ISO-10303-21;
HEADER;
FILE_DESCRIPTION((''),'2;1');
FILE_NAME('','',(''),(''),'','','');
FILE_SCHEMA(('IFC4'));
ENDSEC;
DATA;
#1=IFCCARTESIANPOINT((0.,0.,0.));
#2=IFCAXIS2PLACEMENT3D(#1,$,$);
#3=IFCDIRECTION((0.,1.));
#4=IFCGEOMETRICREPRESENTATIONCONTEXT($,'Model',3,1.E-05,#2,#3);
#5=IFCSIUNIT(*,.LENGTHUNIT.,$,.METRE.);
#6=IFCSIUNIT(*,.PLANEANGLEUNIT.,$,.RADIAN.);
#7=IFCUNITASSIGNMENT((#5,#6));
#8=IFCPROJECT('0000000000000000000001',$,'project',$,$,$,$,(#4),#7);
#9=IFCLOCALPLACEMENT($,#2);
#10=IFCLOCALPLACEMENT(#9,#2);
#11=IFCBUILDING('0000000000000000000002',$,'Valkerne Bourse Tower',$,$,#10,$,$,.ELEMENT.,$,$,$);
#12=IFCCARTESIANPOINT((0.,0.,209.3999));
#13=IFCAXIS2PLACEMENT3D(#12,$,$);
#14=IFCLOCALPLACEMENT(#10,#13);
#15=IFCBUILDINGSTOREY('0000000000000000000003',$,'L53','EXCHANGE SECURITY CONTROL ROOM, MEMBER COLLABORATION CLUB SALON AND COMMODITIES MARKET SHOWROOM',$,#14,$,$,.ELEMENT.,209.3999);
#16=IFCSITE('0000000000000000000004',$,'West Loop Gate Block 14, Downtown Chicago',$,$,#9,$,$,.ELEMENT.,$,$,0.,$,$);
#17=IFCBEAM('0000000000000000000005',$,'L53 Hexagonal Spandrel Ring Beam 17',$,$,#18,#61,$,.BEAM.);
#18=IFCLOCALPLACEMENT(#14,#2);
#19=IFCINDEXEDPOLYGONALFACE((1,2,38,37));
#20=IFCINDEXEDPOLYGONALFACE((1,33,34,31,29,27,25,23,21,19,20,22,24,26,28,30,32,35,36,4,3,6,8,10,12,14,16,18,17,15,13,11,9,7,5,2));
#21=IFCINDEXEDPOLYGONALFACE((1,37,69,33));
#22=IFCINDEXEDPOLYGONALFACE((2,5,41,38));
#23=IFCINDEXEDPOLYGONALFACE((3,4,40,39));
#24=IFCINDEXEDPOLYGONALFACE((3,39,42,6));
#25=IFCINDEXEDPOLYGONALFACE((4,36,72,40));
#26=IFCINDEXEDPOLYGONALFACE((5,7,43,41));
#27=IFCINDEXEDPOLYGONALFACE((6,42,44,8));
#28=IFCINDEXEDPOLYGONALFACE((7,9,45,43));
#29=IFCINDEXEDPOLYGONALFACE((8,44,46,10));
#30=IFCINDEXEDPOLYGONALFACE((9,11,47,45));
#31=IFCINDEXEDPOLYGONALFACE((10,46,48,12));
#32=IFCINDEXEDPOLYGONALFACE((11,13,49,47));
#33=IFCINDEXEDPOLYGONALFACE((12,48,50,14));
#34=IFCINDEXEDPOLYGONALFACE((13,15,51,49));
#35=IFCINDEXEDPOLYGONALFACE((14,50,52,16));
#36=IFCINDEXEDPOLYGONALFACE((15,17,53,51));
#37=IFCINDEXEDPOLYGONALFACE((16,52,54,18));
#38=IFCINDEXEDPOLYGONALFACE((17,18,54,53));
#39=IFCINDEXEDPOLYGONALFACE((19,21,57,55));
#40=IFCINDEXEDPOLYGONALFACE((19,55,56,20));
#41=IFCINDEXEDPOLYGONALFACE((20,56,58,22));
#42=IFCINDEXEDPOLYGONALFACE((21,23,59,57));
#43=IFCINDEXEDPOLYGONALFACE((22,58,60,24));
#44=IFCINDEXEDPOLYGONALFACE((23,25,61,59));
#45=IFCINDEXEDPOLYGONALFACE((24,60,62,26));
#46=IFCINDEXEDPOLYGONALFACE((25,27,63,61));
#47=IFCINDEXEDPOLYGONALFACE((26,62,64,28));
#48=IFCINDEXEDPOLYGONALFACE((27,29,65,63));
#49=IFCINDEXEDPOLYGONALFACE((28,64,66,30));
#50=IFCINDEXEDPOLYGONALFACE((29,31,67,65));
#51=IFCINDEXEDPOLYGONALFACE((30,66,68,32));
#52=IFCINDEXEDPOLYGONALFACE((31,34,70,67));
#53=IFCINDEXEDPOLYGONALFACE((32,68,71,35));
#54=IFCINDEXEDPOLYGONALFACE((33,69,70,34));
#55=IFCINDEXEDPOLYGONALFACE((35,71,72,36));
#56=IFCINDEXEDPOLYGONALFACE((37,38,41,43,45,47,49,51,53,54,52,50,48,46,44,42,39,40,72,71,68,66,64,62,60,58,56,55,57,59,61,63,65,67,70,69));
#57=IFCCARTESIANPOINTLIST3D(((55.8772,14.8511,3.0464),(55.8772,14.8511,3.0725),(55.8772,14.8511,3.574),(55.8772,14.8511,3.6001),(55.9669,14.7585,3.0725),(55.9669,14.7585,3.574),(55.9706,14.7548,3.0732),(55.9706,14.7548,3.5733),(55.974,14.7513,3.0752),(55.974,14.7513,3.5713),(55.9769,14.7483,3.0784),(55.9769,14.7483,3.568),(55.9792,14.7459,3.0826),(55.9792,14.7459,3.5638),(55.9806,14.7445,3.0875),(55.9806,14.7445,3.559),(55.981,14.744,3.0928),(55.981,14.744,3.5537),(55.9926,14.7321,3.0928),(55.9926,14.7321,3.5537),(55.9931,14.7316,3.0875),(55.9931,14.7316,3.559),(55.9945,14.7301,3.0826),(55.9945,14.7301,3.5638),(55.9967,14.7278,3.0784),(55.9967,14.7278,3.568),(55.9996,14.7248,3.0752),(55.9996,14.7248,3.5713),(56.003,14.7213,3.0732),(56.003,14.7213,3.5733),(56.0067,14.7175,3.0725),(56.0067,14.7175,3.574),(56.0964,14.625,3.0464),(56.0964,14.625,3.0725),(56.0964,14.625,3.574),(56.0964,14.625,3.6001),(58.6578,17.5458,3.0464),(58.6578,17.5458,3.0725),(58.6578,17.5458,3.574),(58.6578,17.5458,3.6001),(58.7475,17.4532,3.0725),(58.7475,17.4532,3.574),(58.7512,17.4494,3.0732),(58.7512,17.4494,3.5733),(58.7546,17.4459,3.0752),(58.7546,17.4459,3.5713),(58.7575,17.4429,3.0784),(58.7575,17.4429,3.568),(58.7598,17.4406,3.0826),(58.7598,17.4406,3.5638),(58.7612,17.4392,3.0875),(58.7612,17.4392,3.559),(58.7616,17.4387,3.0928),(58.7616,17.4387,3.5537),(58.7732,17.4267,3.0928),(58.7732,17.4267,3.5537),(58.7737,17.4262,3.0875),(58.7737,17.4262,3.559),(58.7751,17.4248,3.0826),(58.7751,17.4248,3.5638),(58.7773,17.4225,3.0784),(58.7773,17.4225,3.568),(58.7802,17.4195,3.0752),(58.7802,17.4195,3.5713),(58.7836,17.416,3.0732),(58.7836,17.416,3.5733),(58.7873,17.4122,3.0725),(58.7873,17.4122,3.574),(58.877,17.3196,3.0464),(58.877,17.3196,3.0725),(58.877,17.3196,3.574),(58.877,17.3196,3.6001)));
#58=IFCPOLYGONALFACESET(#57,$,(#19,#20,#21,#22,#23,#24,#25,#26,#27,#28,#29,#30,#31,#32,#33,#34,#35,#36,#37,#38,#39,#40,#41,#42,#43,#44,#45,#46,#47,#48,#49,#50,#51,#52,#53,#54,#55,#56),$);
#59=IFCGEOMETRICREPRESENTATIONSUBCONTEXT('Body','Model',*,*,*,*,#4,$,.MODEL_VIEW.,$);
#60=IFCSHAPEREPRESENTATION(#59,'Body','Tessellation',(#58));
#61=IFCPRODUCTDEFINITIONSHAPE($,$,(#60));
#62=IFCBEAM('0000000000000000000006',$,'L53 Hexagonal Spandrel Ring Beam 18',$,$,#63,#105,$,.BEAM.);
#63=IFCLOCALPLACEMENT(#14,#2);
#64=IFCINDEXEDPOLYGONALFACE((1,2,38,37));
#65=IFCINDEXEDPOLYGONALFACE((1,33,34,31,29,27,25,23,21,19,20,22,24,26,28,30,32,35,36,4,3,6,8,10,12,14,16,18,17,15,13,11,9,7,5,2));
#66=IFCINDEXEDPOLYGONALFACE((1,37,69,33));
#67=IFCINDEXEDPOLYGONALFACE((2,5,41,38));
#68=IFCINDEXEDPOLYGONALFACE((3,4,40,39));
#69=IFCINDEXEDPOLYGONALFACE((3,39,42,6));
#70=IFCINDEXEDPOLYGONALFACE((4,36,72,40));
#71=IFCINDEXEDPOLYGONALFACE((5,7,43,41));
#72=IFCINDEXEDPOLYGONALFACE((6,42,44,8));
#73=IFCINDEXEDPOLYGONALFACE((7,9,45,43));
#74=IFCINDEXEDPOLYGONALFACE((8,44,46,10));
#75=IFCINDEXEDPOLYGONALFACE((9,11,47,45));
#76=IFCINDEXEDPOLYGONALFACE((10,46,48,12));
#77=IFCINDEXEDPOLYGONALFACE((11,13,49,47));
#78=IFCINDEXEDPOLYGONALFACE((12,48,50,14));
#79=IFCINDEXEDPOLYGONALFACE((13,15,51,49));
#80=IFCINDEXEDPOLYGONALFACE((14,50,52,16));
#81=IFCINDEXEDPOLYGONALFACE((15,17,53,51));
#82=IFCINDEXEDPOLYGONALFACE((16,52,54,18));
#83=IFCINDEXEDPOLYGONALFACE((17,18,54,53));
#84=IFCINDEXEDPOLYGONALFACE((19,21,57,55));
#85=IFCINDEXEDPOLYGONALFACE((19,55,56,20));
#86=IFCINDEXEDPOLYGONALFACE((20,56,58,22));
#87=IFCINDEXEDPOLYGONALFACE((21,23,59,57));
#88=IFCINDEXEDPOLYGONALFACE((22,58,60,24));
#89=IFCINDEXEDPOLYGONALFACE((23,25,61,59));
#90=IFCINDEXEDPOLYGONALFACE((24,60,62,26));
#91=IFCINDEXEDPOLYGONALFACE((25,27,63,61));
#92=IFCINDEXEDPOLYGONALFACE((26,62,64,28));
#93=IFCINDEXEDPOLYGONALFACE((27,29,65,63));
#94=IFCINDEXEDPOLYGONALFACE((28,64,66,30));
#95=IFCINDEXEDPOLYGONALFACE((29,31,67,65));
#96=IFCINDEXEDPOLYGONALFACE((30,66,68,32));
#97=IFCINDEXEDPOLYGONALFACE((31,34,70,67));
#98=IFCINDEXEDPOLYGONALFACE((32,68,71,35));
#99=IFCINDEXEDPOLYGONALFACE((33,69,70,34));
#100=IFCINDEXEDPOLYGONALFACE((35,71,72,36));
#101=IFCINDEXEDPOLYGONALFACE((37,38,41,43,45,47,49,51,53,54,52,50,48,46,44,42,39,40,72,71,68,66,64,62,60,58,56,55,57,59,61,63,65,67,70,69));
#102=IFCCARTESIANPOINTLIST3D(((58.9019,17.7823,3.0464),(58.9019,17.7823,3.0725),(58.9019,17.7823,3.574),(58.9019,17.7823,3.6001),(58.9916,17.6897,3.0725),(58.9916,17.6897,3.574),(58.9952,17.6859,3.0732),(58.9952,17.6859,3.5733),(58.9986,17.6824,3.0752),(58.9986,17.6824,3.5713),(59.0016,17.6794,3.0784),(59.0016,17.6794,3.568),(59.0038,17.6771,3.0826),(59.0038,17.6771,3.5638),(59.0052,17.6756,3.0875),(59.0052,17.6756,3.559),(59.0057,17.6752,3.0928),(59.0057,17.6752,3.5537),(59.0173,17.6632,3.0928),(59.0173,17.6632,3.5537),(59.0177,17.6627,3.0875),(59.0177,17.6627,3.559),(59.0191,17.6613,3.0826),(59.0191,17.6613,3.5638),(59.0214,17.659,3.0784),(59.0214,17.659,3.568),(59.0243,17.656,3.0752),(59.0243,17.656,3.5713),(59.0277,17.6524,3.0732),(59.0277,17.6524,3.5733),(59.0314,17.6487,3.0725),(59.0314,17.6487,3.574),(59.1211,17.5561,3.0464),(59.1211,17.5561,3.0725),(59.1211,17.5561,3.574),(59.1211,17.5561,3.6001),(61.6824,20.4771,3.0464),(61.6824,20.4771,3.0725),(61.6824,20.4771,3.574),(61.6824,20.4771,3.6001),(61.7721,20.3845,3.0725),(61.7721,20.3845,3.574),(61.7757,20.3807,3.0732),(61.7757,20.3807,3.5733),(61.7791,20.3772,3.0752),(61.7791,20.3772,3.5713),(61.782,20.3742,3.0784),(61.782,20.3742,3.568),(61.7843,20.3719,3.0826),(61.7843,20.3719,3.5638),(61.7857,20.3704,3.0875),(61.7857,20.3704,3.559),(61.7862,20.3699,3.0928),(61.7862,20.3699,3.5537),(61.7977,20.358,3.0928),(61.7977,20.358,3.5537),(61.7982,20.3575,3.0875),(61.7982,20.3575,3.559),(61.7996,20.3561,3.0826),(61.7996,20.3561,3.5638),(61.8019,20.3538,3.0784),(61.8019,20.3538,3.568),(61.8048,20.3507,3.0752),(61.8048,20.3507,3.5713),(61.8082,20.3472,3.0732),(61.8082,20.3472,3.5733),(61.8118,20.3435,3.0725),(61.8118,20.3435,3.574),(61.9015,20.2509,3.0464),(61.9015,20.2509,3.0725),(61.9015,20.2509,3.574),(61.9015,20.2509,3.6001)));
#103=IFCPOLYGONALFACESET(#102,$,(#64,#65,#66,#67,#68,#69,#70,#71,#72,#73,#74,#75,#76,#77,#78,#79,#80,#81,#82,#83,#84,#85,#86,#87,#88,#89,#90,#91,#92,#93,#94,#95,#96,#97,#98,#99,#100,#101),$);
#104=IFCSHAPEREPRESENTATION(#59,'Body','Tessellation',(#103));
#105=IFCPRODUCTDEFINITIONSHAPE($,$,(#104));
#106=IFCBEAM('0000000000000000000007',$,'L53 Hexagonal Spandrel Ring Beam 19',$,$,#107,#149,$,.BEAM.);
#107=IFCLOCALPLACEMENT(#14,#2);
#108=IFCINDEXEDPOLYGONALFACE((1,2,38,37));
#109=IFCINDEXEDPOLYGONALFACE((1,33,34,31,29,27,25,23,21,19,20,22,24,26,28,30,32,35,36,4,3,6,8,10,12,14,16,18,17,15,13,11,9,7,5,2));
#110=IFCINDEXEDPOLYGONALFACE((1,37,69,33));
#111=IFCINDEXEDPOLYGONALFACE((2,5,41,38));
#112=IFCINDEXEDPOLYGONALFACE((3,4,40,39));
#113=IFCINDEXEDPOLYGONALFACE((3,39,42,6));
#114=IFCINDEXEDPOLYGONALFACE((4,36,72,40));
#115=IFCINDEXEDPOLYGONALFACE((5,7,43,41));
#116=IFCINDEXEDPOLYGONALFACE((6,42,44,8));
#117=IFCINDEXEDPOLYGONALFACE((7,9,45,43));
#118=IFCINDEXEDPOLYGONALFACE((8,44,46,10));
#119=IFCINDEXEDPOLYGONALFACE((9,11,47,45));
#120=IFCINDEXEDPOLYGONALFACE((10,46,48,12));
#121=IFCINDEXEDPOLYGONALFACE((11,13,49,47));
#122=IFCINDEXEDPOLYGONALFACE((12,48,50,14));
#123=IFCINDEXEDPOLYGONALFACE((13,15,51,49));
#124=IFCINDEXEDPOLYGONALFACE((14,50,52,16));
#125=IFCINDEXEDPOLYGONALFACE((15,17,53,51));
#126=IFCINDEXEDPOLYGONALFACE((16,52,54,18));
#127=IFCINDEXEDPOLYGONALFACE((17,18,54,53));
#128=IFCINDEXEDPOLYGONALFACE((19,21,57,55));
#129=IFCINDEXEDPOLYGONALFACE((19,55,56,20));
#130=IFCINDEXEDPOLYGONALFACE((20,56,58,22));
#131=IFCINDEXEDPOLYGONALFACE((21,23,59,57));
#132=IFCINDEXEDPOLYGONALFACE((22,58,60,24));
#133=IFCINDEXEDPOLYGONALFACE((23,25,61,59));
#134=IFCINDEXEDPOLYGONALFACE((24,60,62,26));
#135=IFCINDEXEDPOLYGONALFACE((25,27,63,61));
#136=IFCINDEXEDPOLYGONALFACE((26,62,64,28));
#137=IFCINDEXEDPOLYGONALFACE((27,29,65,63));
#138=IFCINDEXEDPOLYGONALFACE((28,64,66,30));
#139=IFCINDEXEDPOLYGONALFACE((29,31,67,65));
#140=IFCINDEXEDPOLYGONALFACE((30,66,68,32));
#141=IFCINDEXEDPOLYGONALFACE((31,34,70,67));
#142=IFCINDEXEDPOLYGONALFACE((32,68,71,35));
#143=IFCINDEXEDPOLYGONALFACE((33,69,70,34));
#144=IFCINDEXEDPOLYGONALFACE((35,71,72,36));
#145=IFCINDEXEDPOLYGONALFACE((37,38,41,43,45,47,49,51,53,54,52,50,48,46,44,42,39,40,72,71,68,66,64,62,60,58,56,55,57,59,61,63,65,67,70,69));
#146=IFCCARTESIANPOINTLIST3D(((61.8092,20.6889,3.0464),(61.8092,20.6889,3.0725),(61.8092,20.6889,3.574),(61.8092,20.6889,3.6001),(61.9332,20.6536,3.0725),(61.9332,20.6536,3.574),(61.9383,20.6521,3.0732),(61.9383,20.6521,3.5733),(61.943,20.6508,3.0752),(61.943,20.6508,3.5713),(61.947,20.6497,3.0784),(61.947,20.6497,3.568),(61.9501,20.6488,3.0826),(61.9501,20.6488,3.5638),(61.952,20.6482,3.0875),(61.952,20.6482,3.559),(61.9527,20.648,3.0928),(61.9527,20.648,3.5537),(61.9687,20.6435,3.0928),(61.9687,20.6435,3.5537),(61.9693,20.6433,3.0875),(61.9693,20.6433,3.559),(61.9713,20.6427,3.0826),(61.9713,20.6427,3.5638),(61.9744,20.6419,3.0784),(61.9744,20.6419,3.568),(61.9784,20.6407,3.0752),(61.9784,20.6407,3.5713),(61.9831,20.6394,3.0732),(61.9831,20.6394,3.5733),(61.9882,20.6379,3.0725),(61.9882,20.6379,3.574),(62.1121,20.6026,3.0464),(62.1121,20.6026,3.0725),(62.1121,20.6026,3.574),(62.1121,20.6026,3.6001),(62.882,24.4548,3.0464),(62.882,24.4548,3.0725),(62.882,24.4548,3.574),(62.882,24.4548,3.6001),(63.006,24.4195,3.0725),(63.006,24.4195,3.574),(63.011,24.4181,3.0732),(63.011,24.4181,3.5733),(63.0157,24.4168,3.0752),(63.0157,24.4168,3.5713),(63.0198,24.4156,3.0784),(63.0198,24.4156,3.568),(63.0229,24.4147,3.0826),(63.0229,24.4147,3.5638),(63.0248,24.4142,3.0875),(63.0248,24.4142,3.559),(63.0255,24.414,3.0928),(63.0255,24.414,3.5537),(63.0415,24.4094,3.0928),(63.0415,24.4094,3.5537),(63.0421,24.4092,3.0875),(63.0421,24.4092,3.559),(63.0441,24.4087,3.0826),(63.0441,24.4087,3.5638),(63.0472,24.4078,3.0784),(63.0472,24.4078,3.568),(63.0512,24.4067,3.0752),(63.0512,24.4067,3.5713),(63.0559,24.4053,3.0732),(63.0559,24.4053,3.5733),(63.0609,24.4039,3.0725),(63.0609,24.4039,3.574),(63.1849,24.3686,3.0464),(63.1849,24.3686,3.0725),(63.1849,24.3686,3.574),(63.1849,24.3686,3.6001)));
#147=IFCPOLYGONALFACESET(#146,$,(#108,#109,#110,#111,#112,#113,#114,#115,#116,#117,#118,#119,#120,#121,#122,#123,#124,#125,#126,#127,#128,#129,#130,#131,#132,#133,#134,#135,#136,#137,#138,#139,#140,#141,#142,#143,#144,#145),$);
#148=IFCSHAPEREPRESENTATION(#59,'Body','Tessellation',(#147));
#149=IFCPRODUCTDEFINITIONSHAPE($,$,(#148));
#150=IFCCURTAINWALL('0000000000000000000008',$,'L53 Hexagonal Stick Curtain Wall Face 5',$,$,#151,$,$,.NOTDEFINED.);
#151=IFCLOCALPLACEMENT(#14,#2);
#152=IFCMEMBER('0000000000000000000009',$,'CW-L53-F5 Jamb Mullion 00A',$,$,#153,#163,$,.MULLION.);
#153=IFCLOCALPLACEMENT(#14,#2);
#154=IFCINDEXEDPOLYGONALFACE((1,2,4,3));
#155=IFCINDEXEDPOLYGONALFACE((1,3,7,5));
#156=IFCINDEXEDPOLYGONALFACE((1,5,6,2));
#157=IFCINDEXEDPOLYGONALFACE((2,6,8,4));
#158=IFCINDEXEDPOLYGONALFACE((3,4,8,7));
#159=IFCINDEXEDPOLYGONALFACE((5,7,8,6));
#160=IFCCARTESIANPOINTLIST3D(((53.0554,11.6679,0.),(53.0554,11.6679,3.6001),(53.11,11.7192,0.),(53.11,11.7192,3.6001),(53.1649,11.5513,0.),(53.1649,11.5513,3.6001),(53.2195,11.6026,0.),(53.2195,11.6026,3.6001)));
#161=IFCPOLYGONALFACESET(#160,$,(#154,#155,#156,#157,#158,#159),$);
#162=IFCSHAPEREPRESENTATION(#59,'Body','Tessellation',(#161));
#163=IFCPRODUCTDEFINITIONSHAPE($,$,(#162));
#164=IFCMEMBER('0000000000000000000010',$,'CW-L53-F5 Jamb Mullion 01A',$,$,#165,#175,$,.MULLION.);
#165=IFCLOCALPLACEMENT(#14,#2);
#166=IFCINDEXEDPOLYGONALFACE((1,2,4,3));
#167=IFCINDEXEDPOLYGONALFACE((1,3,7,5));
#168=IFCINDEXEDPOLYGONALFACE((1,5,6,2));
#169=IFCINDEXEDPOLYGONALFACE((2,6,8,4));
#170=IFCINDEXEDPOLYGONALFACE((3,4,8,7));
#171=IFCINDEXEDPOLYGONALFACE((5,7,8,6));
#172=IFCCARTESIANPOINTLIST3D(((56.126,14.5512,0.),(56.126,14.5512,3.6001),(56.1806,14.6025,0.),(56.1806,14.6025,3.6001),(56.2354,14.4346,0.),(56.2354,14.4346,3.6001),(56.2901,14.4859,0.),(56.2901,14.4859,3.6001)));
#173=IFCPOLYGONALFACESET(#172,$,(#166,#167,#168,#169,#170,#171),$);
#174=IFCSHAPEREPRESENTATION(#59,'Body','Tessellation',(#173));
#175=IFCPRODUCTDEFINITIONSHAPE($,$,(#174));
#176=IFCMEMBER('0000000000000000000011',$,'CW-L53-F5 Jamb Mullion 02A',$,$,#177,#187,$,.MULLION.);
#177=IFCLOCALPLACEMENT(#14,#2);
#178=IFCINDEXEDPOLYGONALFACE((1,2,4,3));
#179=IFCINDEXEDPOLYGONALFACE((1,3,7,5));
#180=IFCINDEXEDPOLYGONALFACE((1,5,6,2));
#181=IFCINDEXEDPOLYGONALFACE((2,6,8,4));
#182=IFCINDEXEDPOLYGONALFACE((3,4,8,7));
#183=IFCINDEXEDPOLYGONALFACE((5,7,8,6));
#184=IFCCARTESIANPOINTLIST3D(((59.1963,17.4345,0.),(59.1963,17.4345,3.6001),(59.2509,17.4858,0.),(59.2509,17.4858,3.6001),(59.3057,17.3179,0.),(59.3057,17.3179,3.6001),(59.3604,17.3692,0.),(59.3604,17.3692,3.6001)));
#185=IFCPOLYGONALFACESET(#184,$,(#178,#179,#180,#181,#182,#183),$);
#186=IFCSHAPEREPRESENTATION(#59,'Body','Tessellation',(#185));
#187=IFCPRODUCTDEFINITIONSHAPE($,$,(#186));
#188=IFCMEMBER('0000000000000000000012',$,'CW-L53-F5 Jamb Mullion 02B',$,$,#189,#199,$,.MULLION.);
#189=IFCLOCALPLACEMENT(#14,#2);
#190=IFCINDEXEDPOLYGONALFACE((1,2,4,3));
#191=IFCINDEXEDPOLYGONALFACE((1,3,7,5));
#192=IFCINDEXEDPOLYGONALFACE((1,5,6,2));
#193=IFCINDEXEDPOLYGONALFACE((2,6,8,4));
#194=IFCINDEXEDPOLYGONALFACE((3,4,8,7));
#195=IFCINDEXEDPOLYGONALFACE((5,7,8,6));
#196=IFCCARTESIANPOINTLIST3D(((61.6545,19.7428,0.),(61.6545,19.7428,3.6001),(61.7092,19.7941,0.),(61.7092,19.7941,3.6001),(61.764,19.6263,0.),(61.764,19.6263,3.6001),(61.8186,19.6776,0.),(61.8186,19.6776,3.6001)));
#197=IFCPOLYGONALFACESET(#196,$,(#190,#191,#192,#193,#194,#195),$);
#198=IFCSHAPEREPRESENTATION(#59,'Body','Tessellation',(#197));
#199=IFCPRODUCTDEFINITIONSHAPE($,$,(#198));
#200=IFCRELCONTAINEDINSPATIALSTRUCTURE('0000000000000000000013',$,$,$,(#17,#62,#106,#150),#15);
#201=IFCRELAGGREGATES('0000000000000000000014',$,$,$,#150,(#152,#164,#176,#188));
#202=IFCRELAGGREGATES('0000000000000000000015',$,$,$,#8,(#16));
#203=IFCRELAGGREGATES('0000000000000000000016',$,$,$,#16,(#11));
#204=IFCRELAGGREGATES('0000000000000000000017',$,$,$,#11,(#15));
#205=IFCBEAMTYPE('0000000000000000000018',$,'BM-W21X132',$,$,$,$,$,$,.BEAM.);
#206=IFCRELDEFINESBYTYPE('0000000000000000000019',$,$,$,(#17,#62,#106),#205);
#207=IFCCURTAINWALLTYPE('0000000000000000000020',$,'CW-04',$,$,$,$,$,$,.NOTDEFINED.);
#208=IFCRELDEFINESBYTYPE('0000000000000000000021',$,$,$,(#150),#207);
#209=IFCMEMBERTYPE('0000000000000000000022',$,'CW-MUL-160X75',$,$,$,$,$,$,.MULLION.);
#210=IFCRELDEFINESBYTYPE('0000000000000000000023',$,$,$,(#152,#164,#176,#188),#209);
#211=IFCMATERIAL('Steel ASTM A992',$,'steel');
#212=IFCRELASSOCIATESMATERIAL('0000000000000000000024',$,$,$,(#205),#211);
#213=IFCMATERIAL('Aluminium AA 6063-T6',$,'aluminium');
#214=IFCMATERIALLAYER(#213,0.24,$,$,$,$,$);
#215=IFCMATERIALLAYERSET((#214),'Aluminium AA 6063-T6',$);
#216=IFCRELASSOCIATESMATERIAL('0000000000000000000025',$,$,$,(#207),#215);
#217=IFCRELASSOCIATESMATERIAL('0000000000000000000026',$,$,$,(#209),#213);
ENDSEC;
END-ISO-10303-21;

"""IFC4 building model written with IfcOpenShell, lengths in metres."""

from ifc_helpers import new_model, si_unit, direction, frame, origin, origin_2d, place, context, subcontext, project, spatial, rectangle, i_section, extrude, material, layer, layer_set, material_profile, profile_set, type_object, element, aggregate, save


model = new_model("IFC4")

# Units and contexts
model_context = context("Model", 3, precision=1e-05, world=origin(), true_north=direction((0.0, 1.0)))
body_context = subcontext(model_context, "Body", "Model", "MODEL_VIEW")
ifc_project = project(units=[si_unit("LENGTHUNIT", "METRE"), si_unit("PLANEANGLEUNIT", "RADIAN")], contexts=[model_context])

# Site, building, storey
site_placement = place(None, origin())
site = spatial("IfcSite", under=ifc_project, at=site_placement, Name="West Loop Gate Block 14, Downtown Chicago", CompositionType="ELEMENT", RefElevation=0.0)
building_placement = place(site_placement, origin())
building = spatial("IfcBuilding", under=site, at=building_placement, Name="Valkerne Bourse Tower", CompositionType="ELEMENT")
storey_placement = place(building_placement, frame((0.0, 0.0, 209.3999)))
storey = spatial("IfcBuildingStorey", under=building, at=storey_placement, Name="L53", Description="EXCHANGE SECURITY CONTROL ROOM, MEMBER COLLABORATION CLUB SALON AND COMMODITIES MARKET SHOWROOM", CompositionType="ELEMENT", Elevation=209.3999)

# Beams
ifc_material_1 = material(Name="Steel ASTM A992", Category="steel")
ifc_material_profile_1 = material_profile(ifc_material_1, i_section(OverallWidth=0.3149, OverallDepth=0.5537, WebThickness=0.0166, FlangeThickness=0.0261, FilletRadius=0.0203, at=origin_2d()), Name="W21X132")
ifc_profile_set_1 = profile_set([ifc_material_profile_1], Name="Steel ASTM A992")
beam_type = type_object("IfcBeamType", Name="BM-W21X132", PredefinedType="BEAM", material=ifc_profile_set_1)
for number, where, z_axis, x_axis, name in (
    (1, (55.9868, 14.738, 3.3232), (0.718117, 0.695922, 0.0), (-0.695922, 0.718117, 0.0), "L53 Hexagonal Spandrel Ring Beam 17"),
    (2, (59.0115, 17.6692, 3.3232), (0.718086, 0.695955, 0.0), (-0.695955, 0.718086, 0.0), "L53 Hexagonal Spandrel Ring Beam 18"),
):
    element("IfcBeam", number, at=place(storey_placement, frame(where, z_axis=z_axis, x_axis=x_axis)), inside=storey, type_object=beam_type, Name=name, PredefinedType="BEAM", context=body_context, shape_type="SweptSolid", body=[
        extrude(i_section(OverallWidth=0.3149, OverallDepth=0.5537, WebThickness=0.0166, FlangeThickness=0.0261, FilletRadius=0.0203, at=origin_2d()), origin(), (0.0, 0.0, 1.0), 3.8721),
    ])
beam_placement = place(storey_placement, frame((61.9607, 20.6458, 3.3232), z_axis=(0.273963, 0.96174, 0.0), x_axis=(-0.96174, 0.273963, 0.0)))
element("IfcBeam", 3, at=beam_placement, inside=storey, type_object=beam_type, Name="L53 Hexagonal Spandrel Ring Beam 19", PredefinedType="BEAM", context=body_context, shape_type="SweptSolid", body=[
    extrude(i_section(OverallWidth=0.3149, OverallDepth=0.5537, WebThickness=0.0166, FlangeThickness=0.0261, FilletRadius=0.0203, at=origin_2d()), origin(), (0.0, 0.0, 1.0), 3.9158),
])

# Curtain wall, members
ifc_material_2 = material(Name="Aluminium AA 6063-T6", Category="aluminium")
ifc_layer_1 = layer(ifc_material_2, 0.24)
ifc_layer_set_1 = layer_set([ifc_layer_1], Name="Aluminium AA 6063-T6")
curtain_wall_type = type_object("IfcCurtainWallType", Name="CW-04", PredefinedType="NOTDEFINED", material=ifc_layer_set_1)
curtain_wall_placement = place(storey_placement, origin())
curtain_wall = element("IfcCurtainWall", 4, at=curtain_wall_placement, inside=storey, type_object=curtain_wall_type, Name="L53 Hexagonal Stick Curtain Wall Face 5", PredefinedType="NOTDEFINED")
ifc_material_profile_2 = material_profile(ifc_material_2, rectangle(XDim=0.075, YDim=0.1599, at=origin_2d()), Name="CWM-75X160")
ifc_profile_set_2 = profile_set([ifc_material_profile_2], Name="Aluminium AA 6063-T6")
member_type_1 = type_object("IfcMemberType", Name="CW-MUL-160X75", PredefinedType="MULLION", material=ifc_profile_set_2)
member_1_placement = place(storey_placement, frame((53.1375, 11.6353, 0.0), z_axis=(0.0, 0.0, 1.0), x_axis=(0.728968, 0.684547, 0.0)))
member_1 = element("IfcMember", 5, at=member_1_placement, type_object=member_type_1, Name="CW-L53-F5 Jamb Mullion 00A", PredefinedType="MULLION", context=body_context, shape_type="SweptSolid", body=[
    extrude(rectangle(XDim=0.075, YDim=0.1599, at=origin_2d()), origin(), (0.0, 0.0, 1.0), 3.6001),
])
member_2_placement = place(storey_placement, frame((56.208, 14.5186, 0.0), z_axis=(0.0, 0.0, 1.0), x_axis=(0.728979, 0.684536, 0.0)))
member_2 = element("IfcMember", 6, at=member_2_placement, type_object=member_type_1, Name="CW-L53-F5 Jamb Mullion 01A", PredefinedType="MULLION", context=body_context, shape_type="SweptSolid", body=[
    extrude(rectangle(XDim=0.075, YDim=0.1599, at=origin_2d()), origin(), (0.0, 0.0, 1.0), 3.6001),
])
member_3_placement = place(storey_placement, frame((59.2783, 17.4019, 0.0), z_axis=(0.0, 0.0, 1.0), x_axis=(0.728956, 0.68456, 0.0)))
member_3 = element("IfcMember", 7, at=member_3_placement, type_object=member_type_1, Name="CW-L53-F5 Jamb Mullion 02A", PredefinedType="MULLION", context=body_context, shape_type="SweptSolid", body=[
    extrude(rectangle(XDim=0.075, YDim=0.1599, at=origin_2d()), origin(), (0.0, 0.0, 1.0), 3.6001),
])
member_4_placement = place(storey_placement, frame((61.7366, 19.7102, 0.0), z_axis=(0.0, 0.0, 1.0), x_axis=(0.728956, 0.68456, 0.0)))
member_4 = element("IfcMember", 8, at=member_4_placement, type_object=member_type_1, Name="CW-L53-F5 Jamb Mullion 02B", PredefinedType="MULLION", context=body_context, shape_type="SweptSolid", body=[
    extrude(rectangle(XDim=0.075, YDim=0.1599, at=origin_2d()), origin(), (0.0, 0.0, 1.0), 3.6001),
])

aggregate(curtain_wall, [member_1, member_2, member_3, member_4])

save(model, "model.ifc")
